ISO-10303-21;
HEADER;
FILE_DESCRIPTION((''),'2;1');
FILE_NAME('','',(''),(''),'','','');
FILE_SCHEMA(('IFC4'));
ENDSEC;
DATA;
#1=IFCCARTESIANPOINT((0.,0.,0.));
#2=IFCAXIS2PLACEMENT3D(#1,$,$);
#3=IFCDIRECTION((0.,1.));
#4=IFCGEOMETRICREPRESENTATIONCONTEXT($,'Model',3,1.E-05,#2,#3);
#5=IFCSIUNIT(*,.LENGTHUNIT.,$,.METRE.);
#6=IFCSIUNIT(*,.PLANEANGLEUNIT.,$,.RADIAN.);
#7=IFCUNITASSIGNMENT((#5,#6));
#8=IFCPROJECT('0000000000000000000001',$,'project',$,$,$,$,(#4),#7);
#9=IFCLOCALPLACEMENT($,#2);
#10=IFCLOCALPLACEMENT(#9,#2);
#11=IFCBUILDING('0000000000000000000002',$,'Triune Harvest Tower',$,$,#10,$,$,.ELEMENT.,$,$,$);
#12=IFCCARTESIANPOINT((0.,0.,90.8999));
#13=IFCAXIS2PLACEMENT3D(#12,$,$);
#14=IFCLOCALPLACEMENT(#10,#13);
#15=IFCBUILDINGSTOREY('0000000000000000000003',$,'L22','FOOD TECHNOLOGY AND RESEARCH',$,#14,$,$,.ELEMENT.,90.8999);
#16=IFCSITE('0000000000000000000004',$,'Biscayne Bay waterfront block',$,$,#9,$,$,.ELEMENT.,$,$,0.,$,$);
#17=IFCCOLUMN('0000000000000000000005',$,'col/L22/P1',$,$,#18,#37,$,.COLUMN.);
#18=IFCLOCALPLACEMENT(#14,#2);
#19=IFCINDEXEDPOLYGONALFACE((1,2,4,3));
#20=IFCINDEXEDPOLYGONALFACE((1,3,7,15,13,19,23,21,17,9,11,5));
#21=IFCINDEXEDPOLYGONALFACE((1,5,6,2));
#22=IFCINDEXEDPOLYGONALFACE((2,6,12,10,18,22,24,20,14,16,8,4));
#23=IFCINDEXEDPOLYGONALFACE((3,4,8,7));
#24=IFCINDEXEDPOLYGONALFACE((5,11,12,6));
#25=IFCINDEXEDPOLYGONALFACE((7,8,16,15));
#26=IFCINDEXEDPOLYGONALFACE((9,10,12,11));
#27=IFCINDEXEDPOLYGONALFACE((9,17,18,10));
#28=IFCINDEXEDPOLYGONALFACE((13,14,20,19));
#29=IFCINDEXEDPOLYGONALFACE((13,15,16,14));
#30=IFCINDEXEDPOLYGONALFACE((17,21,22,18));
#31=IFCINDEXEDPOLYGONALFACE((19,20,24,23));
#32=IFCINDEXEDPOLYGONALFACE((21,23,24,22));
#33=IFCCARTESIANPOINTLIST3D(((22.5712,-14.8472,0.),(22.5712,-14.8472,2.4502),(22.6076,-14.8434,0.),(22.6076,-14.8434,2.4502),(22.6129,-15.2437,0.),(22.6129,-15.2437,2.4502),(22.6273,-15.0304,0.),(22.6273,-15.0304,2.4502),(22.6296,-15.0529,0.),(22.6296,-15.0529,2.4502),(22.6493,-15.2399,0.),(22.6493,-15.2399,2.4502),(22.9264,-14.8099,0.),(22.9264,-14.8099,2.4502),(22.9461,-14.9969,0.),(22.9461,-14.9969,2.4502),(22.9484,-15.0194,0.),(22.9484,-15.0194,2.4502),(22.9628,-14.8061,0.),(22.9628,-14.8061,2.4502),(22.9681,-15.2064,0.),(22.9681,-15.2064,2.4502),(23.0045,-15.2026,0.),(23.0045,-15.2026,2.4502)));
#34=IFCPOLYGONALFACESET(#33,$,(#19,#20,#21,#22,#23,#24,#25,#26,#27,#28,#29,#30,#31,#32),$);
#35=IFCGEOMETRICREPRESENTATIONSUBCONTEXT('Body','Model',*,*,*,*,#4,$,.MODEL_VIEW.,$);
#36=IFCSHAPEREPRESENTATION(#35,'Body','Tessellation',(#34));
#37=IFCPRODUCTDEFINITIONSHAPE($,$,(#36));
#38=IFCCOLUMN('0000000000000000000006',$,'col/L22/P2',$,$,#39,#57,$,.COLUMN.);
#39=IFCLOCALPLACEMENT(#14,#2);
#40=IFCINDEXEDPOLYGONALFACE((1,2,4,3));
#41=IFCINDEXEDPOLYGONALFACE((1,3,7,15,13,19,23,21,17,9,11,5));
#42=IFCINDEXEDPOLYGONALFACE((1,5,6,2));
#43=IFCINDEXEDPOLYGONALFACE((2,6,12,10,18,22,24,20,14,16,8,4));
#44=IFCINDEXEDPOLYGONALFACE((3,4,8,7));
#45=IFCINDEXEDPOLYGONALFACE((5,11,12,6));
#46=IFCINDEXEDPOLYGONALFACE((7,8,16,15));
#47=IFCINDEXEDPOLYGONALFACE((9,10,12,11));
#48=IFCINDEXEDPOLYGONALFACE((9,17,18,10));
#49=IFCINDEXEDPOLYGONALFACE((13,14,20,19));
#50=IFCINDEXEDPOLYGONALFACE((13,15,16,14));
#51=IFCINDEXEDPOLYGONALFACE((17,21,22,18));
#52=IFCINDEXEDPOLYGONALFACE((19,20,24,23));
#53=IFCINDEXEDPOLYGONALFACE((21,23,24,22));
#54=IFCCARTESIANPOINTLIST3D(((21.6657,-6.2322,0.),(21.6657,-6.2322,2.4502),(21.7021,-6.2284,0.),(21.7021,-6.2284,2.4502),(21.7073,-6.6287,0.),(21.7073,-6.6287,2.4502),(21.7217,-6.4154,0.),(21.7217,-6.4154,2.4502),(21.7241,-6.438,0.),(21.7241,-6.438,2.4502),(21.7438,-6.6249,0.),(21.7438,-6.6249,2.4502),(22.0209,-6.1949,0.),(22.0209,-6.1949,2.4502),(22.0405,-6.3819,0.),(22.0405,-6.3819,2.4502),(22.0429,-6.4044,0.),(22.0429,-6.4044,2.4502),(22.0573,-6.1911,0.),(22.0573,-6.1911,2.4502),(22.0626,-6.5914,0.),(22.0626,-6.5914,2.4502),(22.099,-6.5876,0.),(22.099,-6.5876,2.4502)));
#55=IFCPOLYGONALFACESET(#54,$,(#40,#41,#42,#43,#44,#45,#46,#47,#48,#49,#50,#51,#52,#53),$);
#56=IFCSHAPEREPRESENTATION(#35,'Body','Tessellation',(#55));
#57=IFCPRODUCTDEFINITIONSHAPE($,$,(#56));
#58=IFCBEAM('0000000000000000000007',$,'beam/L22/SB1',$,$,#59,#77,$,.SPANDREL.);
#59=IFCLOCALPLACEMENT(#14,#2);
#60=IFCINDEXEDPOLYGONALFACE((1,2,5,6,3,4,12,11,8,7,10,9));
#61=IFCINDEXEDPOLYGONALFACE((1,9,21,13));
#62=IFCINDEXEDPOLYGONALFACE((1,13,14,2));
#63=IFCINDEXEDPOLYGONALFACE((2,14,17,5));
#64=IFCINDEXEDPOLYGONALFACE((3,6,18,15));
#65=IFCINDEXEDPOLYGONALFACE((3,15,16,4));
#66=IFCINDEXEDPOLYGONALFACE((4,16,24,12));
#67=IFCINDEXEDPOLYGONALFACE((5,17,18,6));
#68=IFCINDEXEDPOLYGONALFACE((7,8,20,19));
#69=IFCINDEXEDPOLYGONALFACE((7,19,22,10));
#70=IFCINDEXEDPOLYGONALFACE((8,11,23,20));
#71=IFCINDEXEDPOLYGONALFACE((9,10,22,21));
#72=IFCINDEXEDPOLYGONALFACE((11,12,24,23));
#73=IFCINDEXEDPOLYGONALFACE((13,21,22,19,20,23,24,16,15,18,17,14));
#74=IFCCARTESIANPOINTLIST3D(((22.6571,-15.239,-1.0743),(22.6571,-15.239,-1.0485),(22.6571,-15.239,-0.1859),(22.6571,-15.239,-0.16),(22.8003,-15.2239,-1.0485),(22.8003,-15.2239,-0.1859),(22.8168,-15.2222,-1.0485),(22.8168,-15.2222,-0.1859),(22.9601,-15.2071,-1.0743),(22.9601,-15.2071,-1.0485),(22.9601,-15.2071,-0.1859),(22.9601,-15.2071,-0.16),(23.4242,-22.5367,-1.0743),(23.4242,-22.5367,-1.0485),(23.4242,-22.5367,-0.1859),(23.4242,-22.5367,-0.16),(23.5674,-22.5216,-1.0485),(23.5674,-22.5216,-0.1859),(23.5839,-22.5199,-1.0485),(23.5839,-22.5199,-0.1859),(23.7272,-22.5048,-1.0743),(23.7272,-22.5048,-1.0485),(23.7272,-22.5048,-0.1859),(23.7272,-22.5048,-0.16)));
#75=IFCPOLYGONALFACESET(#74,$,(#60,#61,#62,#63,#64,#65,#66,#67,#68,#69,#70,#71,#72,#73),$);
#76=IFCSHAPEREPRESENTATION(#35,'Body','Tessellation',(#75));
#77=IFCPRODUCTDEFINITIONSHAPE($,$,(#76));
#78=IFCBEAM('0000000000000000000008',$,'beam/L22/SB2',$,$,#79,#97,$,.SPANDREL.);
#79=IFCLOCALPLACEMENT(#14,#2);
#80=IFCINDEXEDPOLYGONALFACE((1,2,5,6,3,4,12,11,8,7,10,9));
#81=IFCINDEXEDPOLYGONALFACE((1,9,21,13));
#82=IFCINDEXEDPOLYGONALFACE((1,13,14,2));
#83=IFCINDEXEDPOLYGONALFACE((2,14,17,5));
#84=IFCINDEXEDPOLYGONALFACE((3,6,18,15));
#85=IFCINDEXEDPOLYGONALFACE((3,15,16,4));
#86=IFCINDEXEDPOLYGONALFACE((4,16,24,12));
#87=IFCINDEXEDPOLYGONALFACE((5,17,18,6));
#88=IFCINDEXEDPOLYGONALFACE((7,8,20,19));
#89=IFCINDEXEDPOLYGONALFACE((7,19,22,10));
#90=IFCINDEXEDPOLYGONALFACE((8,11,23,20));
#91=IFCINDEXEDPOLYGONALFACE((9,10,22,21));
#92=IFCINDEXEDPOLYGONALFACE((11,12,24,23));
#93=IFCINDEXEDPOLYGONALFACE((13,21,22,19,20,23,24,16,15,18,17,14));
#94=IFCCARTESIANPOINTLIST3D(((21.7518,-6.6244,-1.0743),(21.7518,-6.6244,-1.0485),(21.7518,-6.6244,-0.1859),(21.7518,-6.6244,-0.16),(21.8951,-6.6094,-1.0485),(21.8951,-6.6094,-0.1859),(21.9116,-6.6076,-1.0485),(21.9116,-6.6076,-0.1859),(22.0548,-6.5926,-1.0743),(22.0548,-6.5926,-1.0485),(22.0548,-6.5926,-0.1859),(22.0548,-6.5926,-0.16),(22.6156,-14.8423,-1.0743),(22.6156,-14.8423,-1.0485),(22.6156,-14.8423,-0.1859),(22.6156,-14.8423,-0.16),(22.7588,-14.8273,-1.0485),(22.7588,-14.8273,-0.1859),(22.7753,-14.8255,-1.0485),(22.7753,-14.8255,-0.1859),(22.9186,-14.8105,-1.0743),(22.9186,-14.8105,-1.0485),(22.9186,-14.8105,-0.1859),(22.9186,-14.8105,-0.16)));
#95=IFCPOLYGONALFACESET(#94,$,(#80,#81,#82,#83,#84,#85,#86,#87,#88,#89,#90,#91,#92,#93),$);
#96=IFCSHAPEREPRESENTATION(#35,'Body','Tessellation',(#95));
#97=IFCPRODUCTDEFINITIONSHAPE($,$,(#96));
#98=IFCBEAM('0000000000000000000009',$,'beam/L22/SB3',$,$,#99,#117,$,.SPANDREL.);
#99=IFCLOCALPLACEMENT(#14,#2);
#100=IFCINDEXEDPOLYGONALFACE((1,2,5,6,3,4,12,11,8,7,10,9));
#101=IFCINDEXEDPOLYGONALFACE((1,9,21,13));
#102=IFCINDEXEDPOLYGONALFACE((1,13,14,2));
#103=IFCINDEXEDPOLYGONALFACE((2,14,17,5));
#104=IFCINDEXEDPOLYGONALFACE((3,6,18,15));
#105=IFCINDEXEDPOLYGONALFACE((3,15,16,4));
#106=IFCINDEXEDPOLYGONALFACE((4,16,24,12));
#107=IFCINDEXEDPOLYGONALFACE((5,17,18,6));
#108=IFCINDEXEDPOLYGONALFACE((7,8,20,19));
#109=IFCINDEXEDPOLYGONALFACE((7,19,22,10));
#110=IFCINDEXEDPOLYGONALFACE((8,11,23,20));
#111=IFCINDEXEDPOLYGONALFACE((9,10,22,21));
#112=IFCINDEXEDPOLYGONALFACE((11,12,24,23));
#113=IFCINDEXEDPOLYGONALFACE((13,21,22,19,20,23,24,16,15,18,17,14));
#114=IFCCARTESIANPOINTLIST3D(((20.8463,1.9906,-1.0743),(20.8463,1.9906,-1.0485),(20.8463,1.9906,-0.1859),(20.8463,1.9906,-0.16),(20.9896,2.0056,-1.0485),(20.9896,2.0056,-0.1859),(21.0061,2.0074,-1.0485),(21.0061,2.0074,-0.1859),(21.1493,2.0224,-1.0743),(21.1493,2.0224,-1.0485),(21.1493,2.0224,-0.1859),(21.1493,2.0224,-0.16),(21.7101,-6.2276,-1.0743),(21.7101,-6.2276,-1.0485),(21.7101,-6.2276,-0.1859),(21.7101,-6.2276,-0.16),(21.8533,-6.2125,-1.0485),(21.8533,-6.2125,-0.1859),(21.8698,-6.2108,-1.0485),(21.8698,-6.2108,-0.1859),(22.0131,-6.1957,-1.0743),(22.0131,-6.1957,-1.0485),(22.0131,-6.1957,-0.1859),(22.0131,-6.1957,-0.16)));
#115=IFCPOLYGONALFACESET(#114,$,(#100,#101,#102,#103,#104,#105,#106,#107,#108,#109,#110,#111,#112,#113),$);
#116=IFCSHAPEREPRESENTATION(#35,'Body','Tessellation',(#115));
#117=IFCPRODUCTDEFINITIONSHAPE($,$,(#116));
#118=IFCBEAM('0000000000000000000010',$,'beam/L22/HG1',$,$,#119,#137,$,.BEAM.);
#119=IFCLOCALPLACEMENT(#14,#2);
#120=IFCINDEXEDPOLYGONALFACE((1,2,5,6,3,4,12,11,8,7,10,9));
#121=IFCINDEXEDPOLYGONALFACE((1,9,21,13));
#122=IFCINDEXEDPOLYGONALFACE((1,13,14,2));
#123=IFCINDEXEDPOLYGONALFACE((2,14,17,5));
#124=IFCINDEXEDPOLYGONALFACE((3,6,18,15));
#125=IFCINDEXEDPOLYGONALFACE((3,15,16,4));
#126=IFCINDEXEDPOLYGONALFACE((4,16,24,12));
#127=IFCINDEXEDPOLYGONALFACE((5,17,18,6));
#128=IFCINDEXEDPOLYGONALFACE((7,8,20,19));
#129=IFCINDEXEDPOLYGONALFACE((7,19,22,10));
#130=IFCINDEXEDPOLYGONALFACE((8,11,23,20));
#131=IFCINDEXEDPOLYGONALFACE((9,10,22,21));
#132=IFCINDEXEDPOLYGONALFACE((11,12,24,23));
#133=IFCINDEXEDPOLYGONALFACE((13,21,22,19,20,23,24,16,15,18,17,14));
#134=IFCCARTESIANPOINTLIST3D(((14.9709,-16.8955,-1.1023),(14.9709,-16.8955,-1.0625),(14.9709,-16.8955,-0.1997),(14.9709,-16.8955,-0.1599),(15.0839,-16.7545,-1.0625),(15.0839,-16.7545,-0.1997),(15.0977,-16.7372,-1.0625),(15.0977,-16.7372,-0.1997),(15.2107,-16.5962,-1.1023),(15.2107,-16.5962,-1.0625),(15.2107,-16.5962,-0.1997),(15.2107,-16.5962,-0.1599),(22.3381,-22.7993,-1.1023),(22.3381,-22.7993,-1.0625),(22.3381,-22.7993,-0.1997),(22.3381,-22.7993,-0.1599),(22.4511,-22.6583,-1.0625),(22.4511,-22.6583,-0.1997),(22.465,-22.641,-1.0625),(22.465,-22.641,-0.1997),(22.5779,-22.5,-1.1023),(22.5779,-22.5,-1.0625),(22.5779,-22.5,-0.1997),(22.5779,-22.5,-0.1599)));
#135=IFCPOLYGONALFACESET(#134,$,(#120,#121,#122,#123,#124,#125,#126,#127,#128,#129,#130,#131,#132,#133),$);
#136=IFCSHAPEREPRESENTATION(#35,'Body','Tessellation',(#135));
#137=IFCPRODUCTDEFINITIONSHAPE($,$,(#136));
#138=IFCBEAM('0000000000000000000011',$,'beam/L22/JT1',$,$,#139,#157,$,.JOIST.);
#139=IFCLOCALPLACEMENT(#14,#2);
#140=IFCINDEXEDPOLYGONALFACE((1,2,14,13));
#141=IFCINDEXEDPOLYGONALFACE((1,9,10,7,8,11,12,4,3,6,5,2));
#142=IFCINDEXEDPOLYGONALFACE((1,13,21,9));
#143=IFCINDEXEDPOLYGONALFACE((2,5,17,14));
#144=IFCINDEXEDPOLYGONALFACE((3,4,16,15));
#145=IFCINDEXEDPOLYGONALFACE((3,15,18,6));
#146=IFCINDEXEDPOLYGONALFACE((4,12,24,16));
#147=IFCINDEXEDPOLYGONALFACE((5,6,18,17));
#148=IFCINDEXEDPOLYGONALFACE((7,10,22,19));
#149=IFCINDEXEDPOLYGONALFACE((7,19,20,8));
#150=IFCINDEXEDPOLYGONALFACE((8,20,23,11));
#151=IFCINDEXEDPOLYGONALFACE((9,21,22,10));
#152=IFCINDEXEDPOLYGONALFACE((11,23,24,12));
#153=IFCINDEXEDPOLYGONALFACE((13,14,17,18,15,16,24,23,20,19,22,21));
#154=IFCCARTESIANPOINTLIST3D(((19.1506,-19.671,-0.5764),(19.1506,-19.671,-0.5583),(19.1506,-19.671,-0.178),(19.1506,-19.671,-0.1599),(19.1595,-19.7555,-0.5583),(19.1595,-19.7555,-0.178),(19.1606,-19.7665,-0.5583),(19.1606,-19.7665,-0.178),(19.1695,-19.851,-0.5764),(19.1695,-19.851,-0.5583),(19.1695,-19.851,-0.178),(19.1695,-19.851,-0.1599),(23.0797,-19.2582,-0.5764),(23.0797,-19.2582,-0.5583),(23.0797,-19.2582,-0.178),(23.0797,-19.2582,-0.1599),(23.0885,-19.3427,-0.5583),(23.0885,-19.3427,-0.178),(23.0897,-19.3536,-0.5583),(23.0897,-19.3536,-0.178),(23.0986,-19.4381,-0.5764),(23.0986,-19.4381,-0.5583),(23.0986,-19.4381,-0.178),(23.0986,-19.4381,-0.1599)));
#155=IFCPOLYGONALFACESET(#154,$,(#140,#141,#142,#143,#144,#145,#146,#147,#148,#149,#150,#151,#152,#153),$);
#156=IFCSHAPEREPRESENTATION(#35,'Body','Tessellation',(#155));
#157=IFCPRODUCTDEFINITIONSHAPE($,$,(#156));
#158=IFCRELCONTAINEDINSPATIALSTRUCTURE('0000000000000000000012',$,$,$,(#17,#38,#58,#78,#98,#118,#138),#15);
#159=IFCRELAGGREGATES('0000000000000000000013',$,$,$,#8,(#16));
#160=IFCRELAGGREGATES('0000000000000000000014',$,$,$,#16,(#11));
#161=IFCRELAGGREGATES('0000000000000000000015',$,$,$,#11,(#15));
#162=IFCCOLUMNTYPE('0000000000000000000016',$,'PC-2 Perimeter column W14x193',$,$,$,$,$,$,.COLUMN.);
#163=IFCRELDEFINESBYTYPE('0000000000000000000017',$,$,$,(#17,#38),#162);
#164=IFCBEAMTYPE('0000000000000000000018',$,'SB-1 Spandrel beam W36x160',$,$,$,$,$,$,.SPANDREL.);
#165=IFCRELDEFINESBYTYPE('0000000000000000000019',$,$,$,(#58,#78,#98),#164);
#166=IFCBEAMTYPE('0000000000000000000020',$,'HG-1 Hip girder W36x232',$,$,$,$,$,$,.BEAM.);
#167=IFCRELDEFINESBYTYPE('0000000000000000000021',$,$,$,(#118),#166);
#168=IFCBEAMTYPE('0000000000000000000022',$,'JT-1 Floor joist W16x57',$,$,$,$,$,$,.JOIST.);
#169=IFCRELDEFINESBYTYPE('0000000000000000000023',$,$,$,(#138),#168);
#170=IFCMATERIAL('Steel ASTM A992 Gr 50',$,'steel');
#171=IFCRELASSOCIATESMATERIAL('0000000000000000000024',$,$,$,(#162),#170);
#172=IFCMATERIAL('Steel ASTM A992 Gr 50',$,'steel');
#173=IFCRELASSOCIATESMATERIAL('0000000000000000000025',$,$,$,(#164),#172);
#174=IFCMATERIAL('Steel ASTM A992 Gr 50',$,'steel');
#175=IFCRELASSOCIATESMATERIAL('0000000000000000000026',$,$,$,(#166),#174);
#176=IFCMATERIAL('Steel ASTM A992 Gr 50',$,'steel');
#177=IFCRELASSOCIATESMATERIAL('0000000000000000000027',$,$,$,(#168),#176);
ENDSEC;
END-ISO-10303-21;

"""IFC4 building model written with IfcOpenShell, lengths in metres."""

from ifc_helpers import new_model, si_unit, direction, frame, origin, origin_2d, place, context, subcontext, project, spatial, i_section, extrude, source, transform, mapped, material, material_profile, profile_set, type_object, element, save


model = new_model("IFC4")

# Units and contexts
model_context = context("Model", 3, precision=1e-05, world=origin(), true_north=direction((0.0, 1.0)))
body_context = subcontext(model_context, "Body", "Model", "MODEL_VIEW")
ifc_project = project(units=[si_unit("LENGTHUNIT", "METRE"), si_unit("PLANEANGLEUNIT", "RADIAN")], contexts=[model_context])

# Site, building, storey
site_placement = place(None, origin())
site = spatial("IfcSite", under=ifc_project, at=site_placement, Name="Biscayne Bay waterfront block", CompositionType="ELEMENT", RefElevation=0.0)
building_placement = place(site_placement, origin())
building = spatial("IfcBuilding", under=site, at=building_placement, Name="Triune Harvest Tower", CompositionType="ELEMENT")
storey_placement = place(building_placement, frame((0.0, 0.0, 90.8999)))
storey = spatial("IfcBuildingStorey", under=building, at=storey_placement, Name="L22", Description="FOOD TECHNOLOGY AND RESEARCH", CompositionType="ELEMENT", Elevation=90.8999)

# Columns
ifc_material_1 = material(Name="Steel ASTM A992 Gr 50", Category="steel")
ifc_material_profile_1 = material_profile(ifc_material_1, i_section(OverallWidth=0.3987, OverallDepth=0.3938, WebThickness=0.0227, FlangeThickness=0.0366, at=origin_2d()), Name="W14x193")
ifc_profile_set_1 = profile_set([ifc_material_profile_1], Name="Steel ASTM A992 Gr 50")
column_type = type_object("IfcColumnType", Name="PC-2 Perimeter column W14x193", PredefinedType="COLUMN", material=ifc_profile_set_1)
shared_shape_1 = source(origin(), body_context, "Body", "SweptSolid", [
    extrude(i_section(OverallWidth=0.3987, OverallDepth=0.3938, WebThickness=0.0227, FlangeThickness=0.0366, at=origin_2d()), origin(), (0.0, 0.0, 1.0), 2.4502),
])
for number, where, z_axis, x_axis, name in (
    (1, (22.7878, -15.0249, 0.0), (0.0, 0.0, 1.0), (-0.104527, 0.994522, 0.0), "col/L22/P1"),
    (2, (21.8823, -6.4099, 0.0), (0.0, 0.0, 1.0), (-0.104527, 0.994522, 0.0), "col/L22/P2"),
):
    element("IfcColumn", number, at=place(storey_placement, frame(where, z_axis=z_axis, x_axis=x_axis)), inside=storey, type_object=column_type, Name=name, PredefinedType="COLUMN", context=body_context, shape_type="MappedRepresentation", body=[
        mapped(shared_shape_1, transform((0.0, 0.0, 0.0), scale=1.0)),
    ])

# Beams
ifc_material_2 = material(Name="Steel ASTM A992 Gr 50", Category="steel")
ifc_material_profile_2 = material_profile(ifc_material_2, i_section(OverallWidth=0.3047, OverallDepth=0.9143, WebThickness=0.0166, FlangeThickness=0.0259, at=origin_2d()), Name="W36x160")
ifc_profile_set_2 = profile_set([ifc_material_profile_2], Name="Steel ASTM A992 Gr 50")
beam_type_1 = type_object("IfcBeamType", Name="SB-1 Spandrel beam W36x160", PredefinedType="SPANDREL", material=ifc_profile_set_2)
shared_shape_2 = source(origin(), body_context, "Body", "SweptSolid", [
    extrude(i_section(OverallWidth=0.3047, OverallDepth=0.9143, WebThickness=0.0166, FlangeThickness=0.0259, at=origin_2d()), origin(), (0.0, 0.0, 1.0), 7.3379),
])
beam_1_placement = place(storey_placement, frame((23.5757, -22.5208, -0.6172), z_axis=(-0.104539, 0.994521, 0.0), x_axis=(-0.994521, -0.104539, 0.0)))
element("IfcBeam", 3, at=beam_1_placement, inside=storey, type_object=beam_type_1, Name="beam/L22/SB1", PredefinedType="SPANDREL", context=body_context, shape_type="MappedRepresentation", body=[
    mapped(shared_shape_2, transform((0.0, 0.0, 0.0), scale=1.0)),
])
shared_shape_3 = source(origin(), body_context, "Body", "SweptSolid", [
    extrude(i_section(OverallWidth=0.3047, OverallDepth=0.9143, WebThickness=0.0166, FlangeThickness=0.0259, at=origin_2d()), origin(), (0.0, 0.0, 1.0), 8.2632),
])
beam_2_placement = place(storey_placement, frame((22.7671, -14.8264, -0.6172), z_axis=(-0.104531, 0.994522, 0.0), x_axis=(-0.994522, -0.104531, 0.0)))
element("IfcBeam", 4, at=beam_2_placement, inside=storey, type_object=beam_type_1, Name="beam/L22/SB2", PredefinedType="SPANDREL", context=body_context, shape_type="MappedRepresentation", body=[
    mapped(shared_shape_3, transform((0.0, 0.0, 0.0), scale=1.0)),
])
shared_shape_4 = source(origin(), body_context, "Body", "SweptSolid", [
    extrude(i_section(OverallWidth=0.3047, OverallDepth=0.9143, WebThickness=0.0166, FlangeThickness=0.0259, at=origin_2d()), origin(), (0.0, 0.0, 1.0), 8.2634),
])
beam_3_placement = place(storey_placement, frame((21.8616, -6.2117, -0.6172), z_axis=(-0.104528, 0.994522, 0.0), x_axis=(-0.994522, -0.104528, 0.0)))
element("IfcBeam", 5, at=beam_3_placement, inside=storey, type_object=beam_type_1, Name="beam/L22/SB3", PredefinedType="SPANDREL", context=body_context, shape_type="MappedRepresentation", body=[
    mapped(shared_shape_4, transform((0.0, 0.0, 0.0), scale=1.0)),
])
ifc_material_3 = material(Name="Steel ASTM A992 Gr 50", Category="steel")
ifc_material_profile_3 = material_profile(ifc_material_3, i_section(OverallWidth=0.3835, OverallDepth=0.9424, WebThickness=0.0222, FlangeThickness=0.0398, at=origin_2d()), Name="W36x232")
ifc_profile_set_3 = profile_set([ifc_material_profile_3], Name="Steel ASTM A992 Gr 50")
beam_type_2 = type_object("IfcBeamType", Name="HG-1 Hip girder W36x232", PredefinedType="BEAM", material=ifc_profile_set_3)
shared_shape_5 = source(origin(), body_context, "Body", "SweptSolid", [
    extrude(i_section(OverallWidth=0.3835, OverallDepth=0.9424, WebThickness=0.0222, FlangeThickness=0.0398, at=origin_2d()), origin(), (0.0, 0.0, 1.0), 9.4409),
])
beam_4_placement = place(storey_placement, frame((22.458, -22.6497, -0.6311), z_axis=(-0.780349, 0.625344, 0.0), x_axis=(-0.625344, -0.780349, 0.0)))
element("IfcBeam", 6, at=beam_4_placement, inside=storey, type_object=beam_type_2, Name="beam/L22/HG1", PredefinedType="BEAM", context=body_context, shape_type="MappedRepresentation", body=[
    mapped(shared_shape_5, transform((0.0, 0.0, 0.0), scale=1.0)),
])
ifc_material_4 = material(Name="Steel ASTM A992 Gr 50", Category="steel")
ifc_material_profile_4 = material_profile(ifc_material_4, i_section(OverallWidth=0.1809, OverallDepth=0.4165, WebThickness=0.011, FlangeThickness=0.0181, at=origin_2d()), Name="W16x57")
ifc_profile_set_4 = profile_set([ifc_material_profile_4], Name="Steel ASTM A992 Gr 50")
beam_type_3 = type_object("IfcBeamType", Name="JT-1 Floor joist W16x57", PredefinedType="JOIST", material=ifc_profile_set_4)
shared_shape_6 = source(origin(), body_context, "Body", "SweptSolid", [
    extrude(i_section(OverallWidth=0.1809, OverallDepth=0.4165, WebThickness=0.011, FlangeThickness=0.0181, at=origin_2d()), origin(), (0.0, 0.0, 1.0), 3.9507),
])
beam_5_placement = place(storey_placement, frame((23.0891, -19.3481, -0.3682), z_axis=(-0.994525, -0.104501, 0.0), x_axis=(0.104501, -0.994525, 0.0)))
element("IfcBeam", 7, at=beam_5_placement, inside=storey, type_object=beam_type_3, Name="beam/L22/JT1", PredefinedType="JOIST", context=body_context, shape_type="MappedRepresentation", body=[
    mapped(shared_shape_6, transform((0.0, 0.0, 0.0), scale=1.0)),
])

save(model, "model.ifc")
